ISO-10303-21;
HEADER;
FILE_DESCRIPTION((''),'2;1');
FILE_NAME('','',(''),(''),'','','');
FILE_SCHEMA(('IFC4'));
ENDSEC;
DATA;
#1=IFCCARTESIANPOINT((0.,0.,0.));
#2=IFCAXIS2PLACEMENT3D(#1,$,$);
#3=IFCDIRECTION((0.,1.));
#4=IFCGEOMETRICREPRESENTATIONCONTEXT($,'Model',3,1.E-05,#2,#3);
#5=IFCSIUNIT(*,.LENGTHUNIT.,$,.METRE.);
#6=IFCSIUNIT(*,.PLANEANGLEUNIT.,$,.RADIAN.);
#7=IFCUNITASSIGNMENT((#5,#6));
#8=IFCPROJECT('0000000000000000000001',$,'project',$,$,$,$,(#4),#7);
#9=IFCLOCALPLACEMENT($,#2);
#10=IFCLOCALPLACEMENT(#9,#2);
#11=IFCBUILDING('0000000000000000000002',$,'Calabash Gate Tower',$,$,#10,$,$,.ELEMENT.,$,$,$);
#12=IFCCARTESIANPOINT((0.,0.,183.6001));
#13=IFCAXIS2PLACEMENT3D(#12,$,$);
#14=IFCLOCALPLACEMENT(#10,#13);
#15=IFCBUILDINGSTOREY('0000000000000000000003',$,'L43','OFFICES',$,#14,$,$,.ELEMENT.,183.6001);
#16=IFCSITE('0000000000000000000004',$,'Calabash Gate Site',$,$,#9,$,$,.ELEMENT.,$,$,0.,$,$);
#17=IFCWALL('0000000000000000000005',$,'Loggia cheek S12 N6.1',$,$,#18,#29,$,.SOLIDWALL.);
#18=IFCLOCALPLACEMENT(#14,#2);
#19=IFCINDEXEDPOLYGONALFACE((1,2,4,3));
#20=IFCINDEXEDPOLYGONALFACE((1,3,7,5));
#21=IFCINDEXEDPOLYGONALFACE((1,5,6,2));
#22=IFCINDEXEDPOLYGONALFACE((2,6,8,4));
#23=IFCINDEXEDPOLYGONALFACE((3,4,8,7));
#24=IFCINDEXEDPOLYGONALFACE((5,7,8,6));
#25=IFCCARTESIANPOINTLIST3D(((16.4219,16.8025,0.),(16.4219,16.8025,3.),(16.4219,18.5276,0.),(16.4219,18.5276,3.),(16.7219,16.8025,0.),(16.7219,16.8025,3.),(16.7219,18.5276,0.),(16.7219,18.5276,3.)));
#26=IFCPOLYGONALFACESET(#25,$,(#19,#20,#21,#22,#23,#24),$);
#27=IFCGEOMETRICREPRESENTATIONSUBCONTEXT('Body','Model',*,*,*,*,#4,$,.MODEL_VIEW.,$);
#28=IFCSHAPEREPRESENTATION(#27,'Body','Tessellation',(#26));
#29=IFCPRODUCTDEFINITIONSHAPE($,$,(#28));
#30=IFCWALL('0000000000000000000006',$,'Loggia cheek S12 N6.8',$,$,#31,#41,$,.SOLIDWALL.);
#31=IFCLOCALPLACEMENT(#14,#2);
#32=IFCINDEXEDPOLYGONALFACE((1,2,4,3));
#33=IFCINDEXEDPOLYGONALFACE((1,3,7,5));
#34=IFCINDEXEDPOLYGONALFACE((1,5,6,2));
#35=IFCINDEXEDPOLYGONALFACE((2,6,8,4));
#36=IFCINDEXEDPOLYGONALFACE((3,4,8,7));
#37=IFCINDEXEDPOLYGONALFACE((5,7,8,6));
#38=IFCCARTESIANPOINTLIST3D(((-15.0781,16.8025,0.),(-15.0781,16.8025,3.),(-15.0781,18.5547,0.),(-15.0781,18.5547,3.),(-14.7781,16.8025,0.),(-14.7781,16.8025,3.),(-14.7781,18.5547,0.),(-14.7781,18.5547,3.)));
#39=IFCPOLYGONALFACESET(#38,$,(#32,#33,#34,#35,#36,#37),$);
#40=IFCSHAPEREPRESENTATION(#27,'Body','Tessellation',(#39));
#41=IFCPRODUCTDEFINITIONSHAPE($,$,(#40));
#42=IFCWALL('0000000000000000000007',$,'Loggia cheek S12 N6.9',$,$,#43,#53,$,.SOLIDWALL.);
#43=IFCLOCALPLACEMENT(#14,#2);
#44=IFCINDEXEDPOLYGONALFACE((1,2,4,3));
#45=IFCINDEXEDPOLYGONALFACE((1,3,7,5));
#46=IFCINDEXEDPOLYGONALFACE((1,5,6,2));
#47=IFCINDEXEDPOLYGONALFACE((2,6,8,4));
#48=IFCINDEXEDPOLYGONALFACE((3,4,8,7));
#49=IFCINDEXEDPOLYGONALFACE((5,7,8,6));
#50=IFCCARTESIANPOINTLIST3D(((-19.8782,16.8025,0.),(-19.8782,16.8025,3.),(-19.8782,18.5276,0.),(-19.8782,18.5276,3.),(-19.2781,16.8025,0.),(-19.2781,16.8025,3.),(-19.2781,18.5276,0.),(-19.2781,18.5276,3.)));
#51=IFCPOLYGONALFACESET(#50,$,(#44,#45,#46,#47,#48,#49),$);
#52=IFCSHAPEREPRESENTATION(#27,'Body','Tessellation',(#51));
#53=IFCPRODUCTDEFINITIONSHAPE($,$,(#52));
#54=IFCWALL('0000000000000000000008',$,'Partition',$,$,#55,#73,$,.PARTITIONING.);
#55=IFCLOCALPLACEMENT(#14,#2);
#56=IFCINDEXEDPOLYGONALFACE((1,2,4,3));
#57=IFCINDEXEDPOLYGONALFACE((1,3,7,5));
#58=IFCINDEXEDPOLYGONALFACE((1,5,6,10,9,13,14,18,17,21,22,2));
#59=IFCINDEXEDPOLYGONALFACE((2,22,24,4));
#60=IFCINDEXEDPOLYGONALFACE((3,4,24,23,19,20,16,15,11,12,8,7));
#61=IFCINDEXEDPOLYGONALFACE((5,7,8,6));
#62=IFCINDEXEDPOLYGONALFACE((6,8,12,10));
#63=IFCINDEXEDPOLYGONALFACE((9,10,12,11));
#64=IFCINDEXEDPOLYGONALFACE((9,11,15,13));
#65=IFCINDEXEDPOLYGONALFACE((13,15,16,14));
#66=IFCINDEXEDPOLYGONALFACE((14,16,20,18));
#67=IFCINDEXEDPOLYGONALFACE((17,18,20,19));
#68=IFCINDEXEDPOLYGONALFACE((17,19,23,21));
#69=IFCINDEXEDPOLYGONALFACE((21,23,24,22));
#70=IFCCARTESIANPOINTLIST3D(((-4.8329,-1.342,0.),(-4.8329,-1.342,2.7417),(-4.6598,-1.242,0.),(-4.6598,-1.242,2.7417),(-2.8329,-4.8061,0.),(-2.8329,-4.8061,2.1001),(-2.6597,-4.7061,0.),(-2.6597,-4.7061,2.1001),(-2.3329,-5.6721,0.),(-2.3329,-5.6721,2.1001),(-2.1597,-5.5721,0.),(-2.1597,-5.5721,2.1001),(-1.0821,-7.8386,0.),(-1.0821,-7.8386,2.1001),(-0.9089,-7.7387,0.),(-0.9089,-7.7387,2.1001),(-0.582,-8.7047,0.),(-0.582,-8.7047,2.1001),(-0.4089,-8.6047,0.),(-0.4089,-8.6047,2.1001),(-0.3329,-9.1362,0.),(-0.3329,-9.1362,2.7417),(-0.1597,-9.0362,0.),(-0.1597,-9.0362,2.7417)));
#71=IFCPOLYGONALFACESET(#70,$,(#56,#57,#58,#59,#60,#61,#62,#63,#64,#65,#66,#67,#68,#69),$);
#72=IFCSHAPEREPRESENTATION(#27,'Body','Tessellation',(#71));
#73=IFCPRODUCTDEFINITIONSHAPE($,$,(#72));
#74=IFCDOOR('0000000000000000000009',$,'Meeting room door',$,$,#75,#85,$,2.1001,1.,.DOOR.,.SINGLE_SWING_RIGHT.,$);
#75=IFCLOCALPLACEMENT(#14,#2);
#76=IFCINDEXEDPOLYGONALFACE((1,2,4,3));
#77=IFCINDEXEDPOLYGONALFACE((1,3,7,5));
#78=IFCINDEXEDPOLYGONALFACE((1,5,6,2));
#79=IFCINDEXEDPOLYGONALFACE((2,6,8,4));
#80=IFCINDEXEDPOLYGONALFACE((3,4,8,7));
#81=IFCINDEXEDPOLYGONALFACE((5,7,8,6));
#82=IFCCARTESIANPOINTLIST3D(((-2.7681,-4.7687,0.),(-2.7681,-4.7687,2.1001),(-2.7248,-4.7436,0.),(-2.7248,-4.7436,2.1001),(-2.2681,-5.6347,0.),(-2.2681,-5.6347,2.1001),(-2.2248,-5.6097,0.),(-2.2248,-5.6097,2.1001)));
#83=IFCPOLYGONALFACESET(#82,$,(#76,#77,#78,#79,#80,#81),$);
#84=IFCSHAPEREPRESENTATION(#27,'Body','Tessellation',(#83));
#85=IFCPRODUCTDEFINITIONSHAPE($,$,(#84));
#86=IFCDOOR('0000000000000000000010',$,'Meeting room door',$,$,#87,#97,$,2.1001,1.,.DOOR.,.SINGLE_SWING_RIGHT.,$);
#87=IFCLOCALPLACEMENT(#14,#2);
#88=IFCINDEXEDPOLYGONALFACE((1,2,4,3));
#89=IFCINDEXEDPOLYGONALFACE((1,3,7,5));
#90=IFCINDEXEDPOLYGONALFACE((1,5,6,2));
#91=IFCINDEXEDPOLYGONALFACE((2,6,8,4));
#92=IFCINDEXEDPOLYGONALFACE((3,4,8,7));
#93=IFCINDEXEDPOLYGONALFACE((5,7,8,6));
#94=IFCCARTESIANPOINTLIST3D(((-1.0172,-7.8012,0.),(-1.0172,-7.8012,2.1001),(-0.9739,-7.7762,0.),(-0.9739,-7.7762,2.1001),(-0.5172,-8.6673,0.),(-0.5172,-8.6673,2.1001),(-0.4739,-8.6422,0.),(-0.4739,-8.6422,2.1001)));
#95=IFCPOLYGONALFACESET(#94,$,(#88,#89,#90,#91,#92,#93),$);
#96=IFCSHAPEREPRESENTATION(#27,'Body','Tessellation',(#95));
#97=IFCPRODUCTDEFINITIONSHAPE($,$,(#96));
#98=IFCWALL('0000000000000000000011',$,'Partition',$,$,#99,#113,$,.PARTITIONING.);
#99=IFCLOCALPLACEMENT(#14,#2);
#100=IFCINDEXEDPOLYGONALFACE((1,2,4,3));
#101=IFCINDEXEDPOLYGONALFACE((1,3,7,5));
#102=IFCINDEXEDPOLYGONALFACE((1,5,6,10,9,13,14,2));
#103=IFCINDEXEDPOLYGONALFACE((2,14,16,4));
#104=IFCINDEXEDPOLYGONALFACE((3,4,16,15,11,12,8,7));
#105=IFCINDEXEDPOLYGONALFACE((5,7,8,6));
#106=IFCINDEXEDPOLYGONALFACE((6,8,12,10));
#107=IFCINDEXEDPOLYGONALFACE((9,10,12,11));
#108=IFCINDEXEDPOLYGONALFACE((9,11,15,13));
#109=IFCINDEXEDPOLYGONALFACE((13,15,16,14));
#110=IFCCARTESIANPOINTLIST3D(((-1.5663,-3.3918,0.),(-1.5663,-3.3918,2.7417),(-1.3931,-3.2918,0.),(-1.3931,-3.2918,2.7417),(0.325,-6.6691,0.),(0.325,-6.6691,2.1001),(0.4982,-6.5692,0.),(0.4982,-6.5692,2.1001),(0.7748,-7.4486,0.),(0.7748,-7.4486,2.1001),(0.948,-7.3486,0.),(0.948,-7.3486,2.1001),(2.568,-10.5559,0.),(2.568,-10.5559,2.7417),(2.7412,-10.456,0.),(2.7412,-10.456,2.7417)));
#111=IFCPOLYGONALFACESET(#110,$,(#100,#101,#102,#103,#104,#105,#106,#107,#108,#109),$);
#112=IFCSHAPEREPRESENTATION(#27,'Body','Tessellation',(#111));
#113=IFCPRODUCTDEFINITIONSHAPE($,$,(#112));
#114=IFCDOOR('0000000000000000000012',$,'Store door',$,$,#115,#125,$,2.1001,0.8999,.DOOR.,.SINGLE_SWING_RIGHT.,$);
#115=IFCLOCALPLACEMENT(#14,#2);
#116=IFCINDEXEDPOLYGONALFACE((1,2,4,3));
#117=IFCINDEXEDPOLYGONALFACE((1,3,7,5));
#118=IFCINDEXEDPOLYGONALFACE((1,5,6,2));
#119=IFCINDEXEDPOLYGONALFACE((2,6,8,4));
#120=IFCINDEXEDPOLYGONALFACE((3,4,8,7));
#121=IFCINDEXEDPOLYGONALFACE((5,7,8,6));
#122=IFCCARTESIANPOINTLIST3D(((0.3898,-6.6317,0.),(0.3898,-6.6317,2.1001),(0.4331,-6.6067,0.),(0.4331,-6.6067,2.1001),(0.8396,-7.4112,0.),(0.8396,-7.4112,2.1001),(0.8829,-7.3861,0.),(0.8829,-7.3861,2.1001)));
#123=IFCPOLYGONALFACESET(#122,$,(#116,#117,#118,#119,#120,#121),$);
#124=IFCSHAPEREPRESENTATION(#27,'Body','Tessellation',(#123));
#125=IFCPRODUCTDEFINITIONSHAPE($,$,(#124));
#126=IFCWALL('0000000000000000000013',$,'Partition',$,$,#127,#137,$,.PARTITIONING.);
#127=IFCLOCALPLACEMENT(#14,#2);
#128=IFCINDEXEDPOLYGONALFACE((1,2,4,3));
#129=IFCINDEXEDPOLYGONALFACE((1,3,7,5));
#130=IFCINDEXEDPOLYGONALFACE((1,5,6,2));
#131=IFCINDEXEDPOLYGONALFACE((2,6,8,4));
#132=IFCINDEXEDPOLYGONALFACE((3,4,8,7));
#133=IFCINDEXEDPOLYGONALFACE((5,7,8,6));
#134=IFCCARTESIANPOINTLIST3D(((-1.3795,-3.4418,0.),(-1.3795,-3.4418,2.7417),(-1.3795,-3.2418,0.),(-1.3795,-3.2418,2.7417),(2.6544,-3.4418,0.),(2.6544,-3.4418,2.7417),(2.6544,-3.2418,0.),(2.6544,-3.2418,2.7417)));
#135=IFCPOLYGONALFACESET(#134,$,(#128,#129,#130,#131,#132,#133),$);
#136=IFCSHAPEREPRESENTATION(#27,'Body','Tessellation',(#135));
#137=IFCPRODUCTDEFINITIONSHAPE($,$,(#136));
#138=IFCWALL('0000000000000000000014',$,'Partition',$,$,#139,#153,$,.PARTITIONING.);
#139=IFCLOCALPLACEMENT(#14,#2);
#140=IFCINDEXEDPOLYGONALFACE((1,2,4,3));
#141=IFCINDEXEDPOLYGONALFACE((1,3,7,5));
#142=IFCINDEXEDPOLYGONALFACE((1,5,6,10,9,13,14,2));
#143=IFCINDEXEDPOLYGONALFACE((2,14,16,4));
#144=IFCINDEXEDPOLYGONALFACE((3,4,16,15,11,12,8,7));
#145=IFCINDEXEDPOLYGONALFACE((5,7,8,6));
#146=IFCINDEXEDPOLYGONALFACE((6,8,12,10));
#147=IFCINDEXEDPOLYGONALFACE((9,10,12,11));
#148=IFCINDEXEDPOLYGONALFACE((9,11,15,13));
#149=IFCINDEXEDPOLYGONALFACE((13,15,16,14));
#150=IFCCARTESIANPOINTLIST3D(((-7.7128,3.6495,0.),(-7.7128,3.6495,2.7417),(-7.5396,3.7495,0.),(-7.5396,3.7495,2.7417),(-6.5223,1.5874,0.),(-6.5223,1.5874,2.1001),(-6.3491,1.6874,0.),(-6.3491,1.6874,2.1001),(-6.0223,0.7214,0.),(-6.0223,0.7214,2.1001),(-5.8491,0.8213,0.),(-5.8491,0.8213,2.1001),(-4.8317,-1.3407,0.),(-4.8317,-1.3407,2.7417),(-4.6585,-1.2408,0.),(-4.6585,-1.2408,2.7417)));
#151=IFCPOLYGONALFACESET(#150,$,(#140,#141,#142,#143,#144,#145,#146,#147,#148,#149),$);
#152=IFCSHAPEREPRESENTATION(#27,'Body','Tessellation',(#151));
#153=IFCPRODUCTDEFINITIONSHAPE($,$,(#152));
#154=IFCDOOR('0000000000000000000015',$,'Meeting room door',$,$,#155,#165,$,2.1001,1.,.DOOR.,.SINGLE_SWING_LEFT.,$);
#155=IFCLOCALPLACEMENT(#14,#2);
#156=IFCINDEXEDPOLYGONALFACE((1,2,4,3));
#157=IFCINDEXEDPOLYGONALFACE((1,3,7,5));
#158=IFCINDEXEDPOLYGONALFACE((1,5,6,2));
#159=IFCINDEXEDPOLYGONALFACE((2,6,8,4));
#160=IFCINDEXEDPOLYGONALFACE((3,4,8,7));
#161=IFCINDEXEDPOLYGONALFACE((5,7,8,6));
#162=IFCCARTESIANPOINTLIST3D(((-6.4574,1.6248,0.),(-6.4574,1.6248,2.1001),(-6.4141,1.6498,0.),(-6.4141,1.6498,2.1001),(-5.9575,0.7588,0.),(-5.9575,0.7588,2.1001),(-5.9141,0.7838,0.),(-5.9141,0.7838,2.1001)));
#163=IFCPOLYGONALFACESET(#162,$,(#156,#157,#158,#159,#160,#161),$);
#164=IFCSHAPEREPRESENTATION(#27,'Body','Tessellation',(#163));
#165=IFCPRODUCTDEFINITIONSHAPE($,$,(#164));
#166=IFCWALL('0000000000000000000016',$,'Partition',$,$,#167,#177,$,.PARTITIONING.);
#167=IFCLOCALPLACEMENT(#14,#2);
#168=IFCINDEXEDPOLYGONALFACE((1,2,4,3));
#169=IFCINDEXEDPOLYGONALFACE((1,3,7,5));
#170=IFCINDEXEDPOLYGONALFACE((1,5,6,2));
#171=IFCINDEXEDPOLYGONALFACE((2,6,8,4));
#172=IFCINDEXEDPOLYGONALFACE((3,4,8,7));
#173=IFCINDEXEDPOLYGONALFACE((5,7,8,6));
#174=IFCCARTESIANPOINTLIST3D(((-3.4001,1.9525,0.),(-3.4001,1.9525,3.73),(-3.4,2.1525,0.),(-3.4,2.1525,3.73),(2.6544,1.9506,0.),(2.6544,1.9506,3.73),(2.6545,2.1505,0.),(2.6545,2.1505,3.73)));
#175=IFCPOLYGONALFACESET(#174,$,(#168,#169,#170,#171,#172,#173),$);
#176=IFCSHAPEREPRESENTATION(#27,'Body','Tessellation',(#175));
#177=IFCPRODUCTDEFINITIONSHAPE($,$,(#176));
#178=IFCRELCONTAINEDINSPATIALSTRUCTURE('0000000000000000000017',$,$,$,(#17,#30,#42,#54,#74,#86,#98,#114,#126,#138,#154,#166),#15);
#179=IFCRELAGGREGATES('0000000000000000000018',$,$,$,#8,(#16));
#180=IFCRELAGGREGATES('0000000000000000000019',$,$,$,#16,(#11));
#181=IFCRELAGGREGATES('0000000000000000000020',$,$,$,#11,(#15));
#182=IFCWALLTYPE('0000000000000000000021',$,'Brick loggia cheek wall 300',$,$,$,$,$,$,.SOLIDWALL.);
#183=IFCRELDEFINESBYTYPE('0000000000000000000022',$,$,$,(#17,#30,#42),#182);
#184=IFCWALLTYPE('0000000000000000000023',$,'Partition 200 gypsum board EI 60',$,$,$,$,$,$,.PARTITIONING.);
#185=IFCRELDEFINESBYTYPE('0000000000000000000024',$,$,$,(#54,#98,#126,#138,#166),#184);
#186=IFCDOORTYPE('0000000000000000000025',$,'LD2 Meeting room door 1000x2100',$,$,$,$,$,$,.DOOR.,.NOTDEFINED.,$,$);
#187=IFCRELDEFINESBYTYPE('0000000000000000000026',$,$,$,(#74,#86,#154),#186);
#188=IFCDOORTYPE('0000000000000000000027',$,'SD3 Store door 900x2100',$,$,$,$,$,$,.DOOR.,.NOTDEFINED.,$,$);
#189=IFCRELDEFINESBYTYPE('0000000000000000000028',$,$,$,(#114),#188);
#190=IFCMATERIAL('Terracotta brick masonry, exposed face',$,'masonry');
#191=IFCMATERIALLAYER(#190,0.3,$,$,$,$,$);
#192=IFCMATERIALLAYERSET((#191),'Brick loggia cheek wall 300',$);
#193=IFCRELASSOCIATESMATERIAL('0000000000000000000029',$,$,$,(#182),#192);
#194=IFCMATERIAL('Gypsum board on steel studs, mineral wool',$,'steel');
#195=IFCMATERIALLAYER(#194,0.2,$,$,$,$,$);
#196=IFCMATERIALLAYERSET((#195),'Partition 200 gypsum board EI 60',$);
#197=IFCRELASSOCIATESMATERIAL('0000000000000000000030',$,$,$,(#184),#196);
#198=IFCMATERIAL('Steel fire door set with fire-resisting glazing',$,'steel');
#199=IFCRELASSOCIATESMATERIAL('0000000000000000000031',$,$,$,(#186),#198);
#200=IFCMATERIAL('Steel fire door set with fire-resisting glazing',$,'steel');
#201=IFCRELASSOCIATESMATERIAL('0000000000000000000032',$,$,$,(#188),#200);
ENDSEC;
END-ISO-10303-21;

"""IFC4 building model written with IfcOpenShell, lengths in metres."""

from ifc_helpers import new_model, si_unit, direction, frame, frame_2d, origin, place, context, subcontext, project, spatial, polyline, rectangle, outline, extrude, material, layer, layer_set, type_object, element, fill, save


model = new_model("IFC4")

# Units and contexts
model_context = context("Model", 3, precision=1e-05, world=origin(), true_north=direction((0.0, 1.0)))
body_context = subcontext(model_context, "Body", "Model", "MODEL_VIEW")
ifc_project = project(units=[si_unit("LENGTHUNIT", "METRE"), si_unit("PLANEANGLEUNIT", "RADIAN")], contexts=[model_context])

# Site, building, storey
site_placement = place(None, origin())
site = spatial("IfcSite", under=ifc_project, at=site_placement, Name="Calabash Gate Site", CompositionType="ELEMENT", RefElevation=0.0)
building_placement = place(site_placement, origin())
building = spatial("IfcBuilding", under=site, at=building_placement, Name="Calabash Gate Tower", CompositionType="ELEMENT")
storey_placement = place(building_placement, frame((0.0, 0.0, 183.6001)))
storey = spatial("IfcBuildingStorey", under=building, at=storey_placement, Name="L43", Description="OFFICES", CompositionType="ELEMENT", Elevation=183.6001)

# Walls
ifc_material_1 = material(Name="Terracotta brick masonry, exposed face", Category="masonry")
ifc_layer_1 = layer(ifc_material_1, 0.3)
ifc_layer_set_1 = layer_set([ifc_layer_1], Name="Brick loggia cheek wall 300")
wall_type_1 = type_object("IfcWallType", Name="Brick loggia cheek wall 300", PredefinedType="SOLIDWALL", material=ifc_layer_set_1)
wall_1_placement = place(storey_placement, origin())
element("IfcWall", 1, at=wall_1_placement, inside=storey, type_object=wall_type_1, Name="Loggia cheek S12 N6.1", PredefinedType="SOLIDWALL", context=body_context, shape_type="SweptSolid", body=[
    extrude(outline(polyline([(16.4219, 18.5276), (16.4219, 16.8025), (16.7219, 16.8025), (16.7219, 18.5276), (16.4219, 18.5276)])), origin(), (0.0, 0.0, 1.0), 3.0),
])
wall_2_placement = place(storey_placement, origin())
element("IfcWall", 2, at=wall_2_placement, inside=storey, type_object=wall_type_1, Name="Loggia cheek S12 N6.8", PredefinedType="SOLIDWALL", context=body_context, shape_type="SweptSolid", body=[
    extrude(outline(polyline([(-15.0781, 16.8025), (-15.0781, 18.5547), (-14.7781, 18.5547), (-14.7781, 16.8025), (-15.0781, 16.8025)])), origin(), (0.0, 0.0, 1.0), 3.0),
])
wall_3_placement = place(storey_placement, origin())
element("IfcWall", 3, at=wall_3_placement, inside=storey, type_object=wall_type_1, Name="Loggia cheek S12 N6.9", PredefinedType="SOLIDWALL", context=body_context, shape_type="SweptSolid", body=[
    extrude(outline(polyline([(-19.8782, 18.5276), (-19.8782, 16.8025), (-19.2781, 16.8025), (-19.2781, 18.5276), (-19.8782, 18.5276)])), origin(), (0.0, 0.0, 1.0), 3.0),
])

# Wall, openings, doors
ifc_material_2 = material(Name="Gypsum board on steel studs, mineral wool", Category="steel")
ifc_layer_2 = layer(ifc_material_2, 0.2)
ifc_layer_set_2 = layer_set([ifc_layer_2], Name="Partition 200 gypsum board EI 60")
wall_type_2 = type_object("IfcWallType", Name="Partition 200 gypsum board EI 60", PredefinedType="PARTITIONING", material=ifc_layer_set_2)
wall_4_placement = place(storey_placement, frame((-4.7463, -1.292, 0.0), z_axis=(0.0, 0.0, 1.0), x_axis=(0.500002, -0.866024, 0.0)))
wall_4 = element("IfcWall", 4, at=wall_4_placement, inside=storey, type_object=wall_type_2, Name="Partition", PredefinedType="PARTITIONING", context=body_context, shape_type="SweptSolid", body=[
    extrude(rectangle(XDim=9.0, YDim=0.2, at=frame_2d((4.5, 0.0))), origin(), (0.0, 0.0, 1.0), 2.7417),
])
opening_1_placement = place(wall_4_placement, frame((4.0, 0.0, 0.0)))
opening_1 = element("IfcOpeningElement", 5, at=opening_1_placement, cuts=wall_4, PredefinedType="OPENING", context=body_context, shape_type="SweptSolid", body=[
    extrude(rectangle(XDim=1.0, YDim=2.1001, at=frame_2d((0.5, 1.05))), frame((0.0, 0.1099, 0.0), z_axis=(0.0, -1.0, 0.0), x_axis=(1.0, 0.0, 0.0)), (0.0, 0.0, 1.0), 0.22),
])
opening_2_placement = place(wall_4_placement, frame((7.5017, 0.0, 0.0)))
opening_2 = element("IfcOpeningElement", 6, at=opening_2_placement, cuts=wall_4, PredefinedType="OPENING", context=body_context, shape_type="SweptSolid", body=[
    extrude(rectangle(XDim=1.0, YDim=2.1001, at=frame_2d((0.5, 1.05))), frame((0.0, 0.1099, 0.0), z_axis=(0.0, -1.0, 0.0), x_axis=(1.0, 0.0, 0.0)), (0.0, 0.0, 1.0), 0.22),
])
ifc_material_3 = material(Name="Steel fire door set with fire-resisting glazing", Category="steel")
door_type_1 = type_object("IfcDoorType", Name="LD2 Meeting room door 1000x2100", OperationType="NOTDEFINED", PredefinedType="DOOR", material=ifc_material_3)
door_1_placement = place(opening_1_placement, origin())
door_1 = element("IfcDoor", 7, at=door_1_placement, inside=storey, type_object=door_type_1, Name="Meeting room door", OperationType="SINGLE_SWING_RIGHT", OverallHeight=2.1001, OverallWidth=1.0, PredefinedType="DOOR", context=body_context, shape_type="SweptSolid", body=[
    extrude(rectangle(XDim=1.0, YDim=2.1001, at=frame_2d((0.5, 1.05))), frame((0.0, 0.0249, 0.0), z_axis=(0.0, -1.0, 0.0), x_axis=(1.0, 0.0, 0.0)), (0.0, 0.0, 1.0), 0.05),
])
fill(opening_1, door_1)
door_2_placement = place(opening_2_placement, origin())
door_2 = element("IfcDoor", 8, at=door_2_placement, inside=storey, type_object=door_type_1, Name="Meeting room door", OperationType="SINGLE_SWING_RIGHT", OverallHeight=2.1001, OverallWidth=1.0, PredefinedType="DOOR", context=body_context, shape_type="SweptSolid", body=[
    extrude(rectangle(XDim=1.0, YDim=2.1001, at=frame_2d((0.5, 1.05))), frame((0.0, 0.0249, 0.0), z_axis=(0.0, -1.0, 0.0), x_axis=(1.0, 0.0, 0.0)), (0.0, 0.0, 1.0), 0.05),
])
fill(opening_2, door_2)

# Wall, opening, door
wall_5_placement = place(storey_placement, frame((-1.4797, -3.3418, 0.0), z_axis=(0.0, 0.0, 1.0), x_axis=(0.499828, -0.866125, 0.0)))
wall_5 = element("IfcWall", 9, at=wall_5_placement, inside=storey, type_object=wall_type_2, Name="Partition", PredefinedType="PARTITIONING", context=body_context, shape_type="SweptSolid", body=[
    extrude(rectangle(XDim=8.2715, YDim=0.2, at=frame_2d((4.1357, 0.0))), origin(), (0.0, 0.0, 1.0), 2.7417),
])
opening_3_placement = place(wall_5_placement, frame((3.7839, 0.0, 0.0)))
opening_3 = element("IfcOpeningElement", 10, at=opening_3_placement, cuts=wall_5, PredefinedType="OPENING", context=body_context, shape_type="SweptSolid", body=[
    extrude(rectangle(XDim=0.8999, YDim=2.1001, at=frame_2d((0.45, 1.05))), frame((0.0, 0.1099, 0.0), z_axis=(0.0, -1.0, 0.0), x_axis=(1.0, 0.0, 0.0)), (0.0, 0.0, 1.0), 0.22),
])
ifc_material_4 = material(Name="Steel fire door set with fire-resisting glazing", Category="steel")
door_type_2 = type_object("IfcDoorType", Name="SD3 Store door 900x2100", OperationType="NOTDEFINED", PredefinedType="DOOR", material=ifc_material_4)
door_3_placement = place(opening_3_placement, origin())
door_3 = element("IfcDoor", 11, at=door_3_placement, inside=storey, type_object=door_type_2, Name="Store door", OperationType="SINGLE_SWING_RIGHT", OverallHeight=2.1001, OverallWidth=0.8999, PredefinedType="DOOR", context=body_context, shape_type="SweptSolid", body=[
    extrude(rectangle(XDim=0.8999, YDim=2.1001, at=frame_2d((0.45, 1.05))), frame((0.0, 0.0249, 0.0), z_axis=(0.0, -1.0, 0.0), x_axis=(1.0, 0.0, 0.0)), (0.0, 0.0, 1.0), 0.05),
])
fill(opening_3, door_3)

# Wall
wall_6_placement = place(storey_placement, frame((-1.3796, -3.3418, 0.0), z_axis=(0.0, 0.0, 1.0), x_axis=(1.0, 0.0, 0.0)))
element("IfcWall", 12, at=wall_6_placement, inside=storey, type_object=wall_type_2, Name="Partition", PredefinedType="PARTITIONING", context=body_context, shape_type="SweptSolid", body=[
    extrude(rectangle(XDim=4.0339, YDim=0.2, at=frame_2d((2.0171, 0.0))), origin(), (0.0, 0.0, 1.0), 2.7417),
])

# Wall, opening, door
wall_7_placement = place(storey_placement, frame((-7.6262, 3.6995, 0.0), z_axis=(0.0, 0.0, 1.0), x_axis=(0.499999, -0.866026, 0.0)))
wall_7 = element("IfcWall", 13, at=wall_7_placement, inside=storey, type_object=wall_type_2, Name="Partition", PredefinedType="PARTITIONING", context=body_context, shape_type="SweptSolid", body=[
    extrude(rectangle(XDim=5.7622, YDim=0.2, at=frame_2d((2.8811, 0.0))), origin(), (0.0, 0.0, 1.0), 2.7417),
])
opening_4_placement = place(wall_7_placement, frame((2.3811, 0.0, 0.0)))
opening_4 = element("IfcOpeningElement", 14, at=opening_4_placement, cuts=wall_7, PredefinedType="OPENING", context=body_context, shape_type="SweptSolid", body=[
    extrude(rectangle(XDim=1.0, YDim=2.1001, at=frame_2d((0.5, 1.05))), frame((0.0, 0.1099, 0.0), z_axis=(0.0, -1.0, 0.0), x_axis=(1.0, 0.0, 0.0)), (0.0, 0.0, 1.0), 0.22),
])
door_4_placement = place(opening_4_placement, origin())
door_4 = element("IfcDoor", 15, at=door_4_placement, inside=storey, type_object=door_type_1, Name="Meeting room door", OperationType="SINGLE_SWING_LEFT", OverallHeight=2.1001, OverallWidth=1.0, PredefinedType="DOOR", context=body_context, shape_type="SweptSolid", body=[
    extrude(rectangle(XDim=1.0, YDim=2.1001, at=frame_2d((0.5, 1.05))), frame((0.0, 0.0249, 0.0), z_axis=(0.0, -1.0, 0.0), x_axis=(1.0, 0.0, 0.0)), (0.0, 0.0, 1.0), 0.05),
])
fill(opening_4, door_4)

# Wall
wall_8_placement = place(storey_placement, frame((-3.4001, 2.0525, 0.0), z_axis=(0.0, 0.0, 1.0), x_axis=(1.0, -0.000323, 0.0)))
element("IfcWall", 16, at=wall_8_placement, inside=storey, type_object=wall_type_2, Name="Partition", PredefinedType="PARTITIONING", context=body_context, shape_type="SweptSolid", body=[
    extrude(rectangle(XDim=6.0544, YDim=0.2, at=frame_2d((3.0273, 0.0))), origin(), (0.0, 0.0, 1.0), 3.73),
])

save(model, "model.ifc")
